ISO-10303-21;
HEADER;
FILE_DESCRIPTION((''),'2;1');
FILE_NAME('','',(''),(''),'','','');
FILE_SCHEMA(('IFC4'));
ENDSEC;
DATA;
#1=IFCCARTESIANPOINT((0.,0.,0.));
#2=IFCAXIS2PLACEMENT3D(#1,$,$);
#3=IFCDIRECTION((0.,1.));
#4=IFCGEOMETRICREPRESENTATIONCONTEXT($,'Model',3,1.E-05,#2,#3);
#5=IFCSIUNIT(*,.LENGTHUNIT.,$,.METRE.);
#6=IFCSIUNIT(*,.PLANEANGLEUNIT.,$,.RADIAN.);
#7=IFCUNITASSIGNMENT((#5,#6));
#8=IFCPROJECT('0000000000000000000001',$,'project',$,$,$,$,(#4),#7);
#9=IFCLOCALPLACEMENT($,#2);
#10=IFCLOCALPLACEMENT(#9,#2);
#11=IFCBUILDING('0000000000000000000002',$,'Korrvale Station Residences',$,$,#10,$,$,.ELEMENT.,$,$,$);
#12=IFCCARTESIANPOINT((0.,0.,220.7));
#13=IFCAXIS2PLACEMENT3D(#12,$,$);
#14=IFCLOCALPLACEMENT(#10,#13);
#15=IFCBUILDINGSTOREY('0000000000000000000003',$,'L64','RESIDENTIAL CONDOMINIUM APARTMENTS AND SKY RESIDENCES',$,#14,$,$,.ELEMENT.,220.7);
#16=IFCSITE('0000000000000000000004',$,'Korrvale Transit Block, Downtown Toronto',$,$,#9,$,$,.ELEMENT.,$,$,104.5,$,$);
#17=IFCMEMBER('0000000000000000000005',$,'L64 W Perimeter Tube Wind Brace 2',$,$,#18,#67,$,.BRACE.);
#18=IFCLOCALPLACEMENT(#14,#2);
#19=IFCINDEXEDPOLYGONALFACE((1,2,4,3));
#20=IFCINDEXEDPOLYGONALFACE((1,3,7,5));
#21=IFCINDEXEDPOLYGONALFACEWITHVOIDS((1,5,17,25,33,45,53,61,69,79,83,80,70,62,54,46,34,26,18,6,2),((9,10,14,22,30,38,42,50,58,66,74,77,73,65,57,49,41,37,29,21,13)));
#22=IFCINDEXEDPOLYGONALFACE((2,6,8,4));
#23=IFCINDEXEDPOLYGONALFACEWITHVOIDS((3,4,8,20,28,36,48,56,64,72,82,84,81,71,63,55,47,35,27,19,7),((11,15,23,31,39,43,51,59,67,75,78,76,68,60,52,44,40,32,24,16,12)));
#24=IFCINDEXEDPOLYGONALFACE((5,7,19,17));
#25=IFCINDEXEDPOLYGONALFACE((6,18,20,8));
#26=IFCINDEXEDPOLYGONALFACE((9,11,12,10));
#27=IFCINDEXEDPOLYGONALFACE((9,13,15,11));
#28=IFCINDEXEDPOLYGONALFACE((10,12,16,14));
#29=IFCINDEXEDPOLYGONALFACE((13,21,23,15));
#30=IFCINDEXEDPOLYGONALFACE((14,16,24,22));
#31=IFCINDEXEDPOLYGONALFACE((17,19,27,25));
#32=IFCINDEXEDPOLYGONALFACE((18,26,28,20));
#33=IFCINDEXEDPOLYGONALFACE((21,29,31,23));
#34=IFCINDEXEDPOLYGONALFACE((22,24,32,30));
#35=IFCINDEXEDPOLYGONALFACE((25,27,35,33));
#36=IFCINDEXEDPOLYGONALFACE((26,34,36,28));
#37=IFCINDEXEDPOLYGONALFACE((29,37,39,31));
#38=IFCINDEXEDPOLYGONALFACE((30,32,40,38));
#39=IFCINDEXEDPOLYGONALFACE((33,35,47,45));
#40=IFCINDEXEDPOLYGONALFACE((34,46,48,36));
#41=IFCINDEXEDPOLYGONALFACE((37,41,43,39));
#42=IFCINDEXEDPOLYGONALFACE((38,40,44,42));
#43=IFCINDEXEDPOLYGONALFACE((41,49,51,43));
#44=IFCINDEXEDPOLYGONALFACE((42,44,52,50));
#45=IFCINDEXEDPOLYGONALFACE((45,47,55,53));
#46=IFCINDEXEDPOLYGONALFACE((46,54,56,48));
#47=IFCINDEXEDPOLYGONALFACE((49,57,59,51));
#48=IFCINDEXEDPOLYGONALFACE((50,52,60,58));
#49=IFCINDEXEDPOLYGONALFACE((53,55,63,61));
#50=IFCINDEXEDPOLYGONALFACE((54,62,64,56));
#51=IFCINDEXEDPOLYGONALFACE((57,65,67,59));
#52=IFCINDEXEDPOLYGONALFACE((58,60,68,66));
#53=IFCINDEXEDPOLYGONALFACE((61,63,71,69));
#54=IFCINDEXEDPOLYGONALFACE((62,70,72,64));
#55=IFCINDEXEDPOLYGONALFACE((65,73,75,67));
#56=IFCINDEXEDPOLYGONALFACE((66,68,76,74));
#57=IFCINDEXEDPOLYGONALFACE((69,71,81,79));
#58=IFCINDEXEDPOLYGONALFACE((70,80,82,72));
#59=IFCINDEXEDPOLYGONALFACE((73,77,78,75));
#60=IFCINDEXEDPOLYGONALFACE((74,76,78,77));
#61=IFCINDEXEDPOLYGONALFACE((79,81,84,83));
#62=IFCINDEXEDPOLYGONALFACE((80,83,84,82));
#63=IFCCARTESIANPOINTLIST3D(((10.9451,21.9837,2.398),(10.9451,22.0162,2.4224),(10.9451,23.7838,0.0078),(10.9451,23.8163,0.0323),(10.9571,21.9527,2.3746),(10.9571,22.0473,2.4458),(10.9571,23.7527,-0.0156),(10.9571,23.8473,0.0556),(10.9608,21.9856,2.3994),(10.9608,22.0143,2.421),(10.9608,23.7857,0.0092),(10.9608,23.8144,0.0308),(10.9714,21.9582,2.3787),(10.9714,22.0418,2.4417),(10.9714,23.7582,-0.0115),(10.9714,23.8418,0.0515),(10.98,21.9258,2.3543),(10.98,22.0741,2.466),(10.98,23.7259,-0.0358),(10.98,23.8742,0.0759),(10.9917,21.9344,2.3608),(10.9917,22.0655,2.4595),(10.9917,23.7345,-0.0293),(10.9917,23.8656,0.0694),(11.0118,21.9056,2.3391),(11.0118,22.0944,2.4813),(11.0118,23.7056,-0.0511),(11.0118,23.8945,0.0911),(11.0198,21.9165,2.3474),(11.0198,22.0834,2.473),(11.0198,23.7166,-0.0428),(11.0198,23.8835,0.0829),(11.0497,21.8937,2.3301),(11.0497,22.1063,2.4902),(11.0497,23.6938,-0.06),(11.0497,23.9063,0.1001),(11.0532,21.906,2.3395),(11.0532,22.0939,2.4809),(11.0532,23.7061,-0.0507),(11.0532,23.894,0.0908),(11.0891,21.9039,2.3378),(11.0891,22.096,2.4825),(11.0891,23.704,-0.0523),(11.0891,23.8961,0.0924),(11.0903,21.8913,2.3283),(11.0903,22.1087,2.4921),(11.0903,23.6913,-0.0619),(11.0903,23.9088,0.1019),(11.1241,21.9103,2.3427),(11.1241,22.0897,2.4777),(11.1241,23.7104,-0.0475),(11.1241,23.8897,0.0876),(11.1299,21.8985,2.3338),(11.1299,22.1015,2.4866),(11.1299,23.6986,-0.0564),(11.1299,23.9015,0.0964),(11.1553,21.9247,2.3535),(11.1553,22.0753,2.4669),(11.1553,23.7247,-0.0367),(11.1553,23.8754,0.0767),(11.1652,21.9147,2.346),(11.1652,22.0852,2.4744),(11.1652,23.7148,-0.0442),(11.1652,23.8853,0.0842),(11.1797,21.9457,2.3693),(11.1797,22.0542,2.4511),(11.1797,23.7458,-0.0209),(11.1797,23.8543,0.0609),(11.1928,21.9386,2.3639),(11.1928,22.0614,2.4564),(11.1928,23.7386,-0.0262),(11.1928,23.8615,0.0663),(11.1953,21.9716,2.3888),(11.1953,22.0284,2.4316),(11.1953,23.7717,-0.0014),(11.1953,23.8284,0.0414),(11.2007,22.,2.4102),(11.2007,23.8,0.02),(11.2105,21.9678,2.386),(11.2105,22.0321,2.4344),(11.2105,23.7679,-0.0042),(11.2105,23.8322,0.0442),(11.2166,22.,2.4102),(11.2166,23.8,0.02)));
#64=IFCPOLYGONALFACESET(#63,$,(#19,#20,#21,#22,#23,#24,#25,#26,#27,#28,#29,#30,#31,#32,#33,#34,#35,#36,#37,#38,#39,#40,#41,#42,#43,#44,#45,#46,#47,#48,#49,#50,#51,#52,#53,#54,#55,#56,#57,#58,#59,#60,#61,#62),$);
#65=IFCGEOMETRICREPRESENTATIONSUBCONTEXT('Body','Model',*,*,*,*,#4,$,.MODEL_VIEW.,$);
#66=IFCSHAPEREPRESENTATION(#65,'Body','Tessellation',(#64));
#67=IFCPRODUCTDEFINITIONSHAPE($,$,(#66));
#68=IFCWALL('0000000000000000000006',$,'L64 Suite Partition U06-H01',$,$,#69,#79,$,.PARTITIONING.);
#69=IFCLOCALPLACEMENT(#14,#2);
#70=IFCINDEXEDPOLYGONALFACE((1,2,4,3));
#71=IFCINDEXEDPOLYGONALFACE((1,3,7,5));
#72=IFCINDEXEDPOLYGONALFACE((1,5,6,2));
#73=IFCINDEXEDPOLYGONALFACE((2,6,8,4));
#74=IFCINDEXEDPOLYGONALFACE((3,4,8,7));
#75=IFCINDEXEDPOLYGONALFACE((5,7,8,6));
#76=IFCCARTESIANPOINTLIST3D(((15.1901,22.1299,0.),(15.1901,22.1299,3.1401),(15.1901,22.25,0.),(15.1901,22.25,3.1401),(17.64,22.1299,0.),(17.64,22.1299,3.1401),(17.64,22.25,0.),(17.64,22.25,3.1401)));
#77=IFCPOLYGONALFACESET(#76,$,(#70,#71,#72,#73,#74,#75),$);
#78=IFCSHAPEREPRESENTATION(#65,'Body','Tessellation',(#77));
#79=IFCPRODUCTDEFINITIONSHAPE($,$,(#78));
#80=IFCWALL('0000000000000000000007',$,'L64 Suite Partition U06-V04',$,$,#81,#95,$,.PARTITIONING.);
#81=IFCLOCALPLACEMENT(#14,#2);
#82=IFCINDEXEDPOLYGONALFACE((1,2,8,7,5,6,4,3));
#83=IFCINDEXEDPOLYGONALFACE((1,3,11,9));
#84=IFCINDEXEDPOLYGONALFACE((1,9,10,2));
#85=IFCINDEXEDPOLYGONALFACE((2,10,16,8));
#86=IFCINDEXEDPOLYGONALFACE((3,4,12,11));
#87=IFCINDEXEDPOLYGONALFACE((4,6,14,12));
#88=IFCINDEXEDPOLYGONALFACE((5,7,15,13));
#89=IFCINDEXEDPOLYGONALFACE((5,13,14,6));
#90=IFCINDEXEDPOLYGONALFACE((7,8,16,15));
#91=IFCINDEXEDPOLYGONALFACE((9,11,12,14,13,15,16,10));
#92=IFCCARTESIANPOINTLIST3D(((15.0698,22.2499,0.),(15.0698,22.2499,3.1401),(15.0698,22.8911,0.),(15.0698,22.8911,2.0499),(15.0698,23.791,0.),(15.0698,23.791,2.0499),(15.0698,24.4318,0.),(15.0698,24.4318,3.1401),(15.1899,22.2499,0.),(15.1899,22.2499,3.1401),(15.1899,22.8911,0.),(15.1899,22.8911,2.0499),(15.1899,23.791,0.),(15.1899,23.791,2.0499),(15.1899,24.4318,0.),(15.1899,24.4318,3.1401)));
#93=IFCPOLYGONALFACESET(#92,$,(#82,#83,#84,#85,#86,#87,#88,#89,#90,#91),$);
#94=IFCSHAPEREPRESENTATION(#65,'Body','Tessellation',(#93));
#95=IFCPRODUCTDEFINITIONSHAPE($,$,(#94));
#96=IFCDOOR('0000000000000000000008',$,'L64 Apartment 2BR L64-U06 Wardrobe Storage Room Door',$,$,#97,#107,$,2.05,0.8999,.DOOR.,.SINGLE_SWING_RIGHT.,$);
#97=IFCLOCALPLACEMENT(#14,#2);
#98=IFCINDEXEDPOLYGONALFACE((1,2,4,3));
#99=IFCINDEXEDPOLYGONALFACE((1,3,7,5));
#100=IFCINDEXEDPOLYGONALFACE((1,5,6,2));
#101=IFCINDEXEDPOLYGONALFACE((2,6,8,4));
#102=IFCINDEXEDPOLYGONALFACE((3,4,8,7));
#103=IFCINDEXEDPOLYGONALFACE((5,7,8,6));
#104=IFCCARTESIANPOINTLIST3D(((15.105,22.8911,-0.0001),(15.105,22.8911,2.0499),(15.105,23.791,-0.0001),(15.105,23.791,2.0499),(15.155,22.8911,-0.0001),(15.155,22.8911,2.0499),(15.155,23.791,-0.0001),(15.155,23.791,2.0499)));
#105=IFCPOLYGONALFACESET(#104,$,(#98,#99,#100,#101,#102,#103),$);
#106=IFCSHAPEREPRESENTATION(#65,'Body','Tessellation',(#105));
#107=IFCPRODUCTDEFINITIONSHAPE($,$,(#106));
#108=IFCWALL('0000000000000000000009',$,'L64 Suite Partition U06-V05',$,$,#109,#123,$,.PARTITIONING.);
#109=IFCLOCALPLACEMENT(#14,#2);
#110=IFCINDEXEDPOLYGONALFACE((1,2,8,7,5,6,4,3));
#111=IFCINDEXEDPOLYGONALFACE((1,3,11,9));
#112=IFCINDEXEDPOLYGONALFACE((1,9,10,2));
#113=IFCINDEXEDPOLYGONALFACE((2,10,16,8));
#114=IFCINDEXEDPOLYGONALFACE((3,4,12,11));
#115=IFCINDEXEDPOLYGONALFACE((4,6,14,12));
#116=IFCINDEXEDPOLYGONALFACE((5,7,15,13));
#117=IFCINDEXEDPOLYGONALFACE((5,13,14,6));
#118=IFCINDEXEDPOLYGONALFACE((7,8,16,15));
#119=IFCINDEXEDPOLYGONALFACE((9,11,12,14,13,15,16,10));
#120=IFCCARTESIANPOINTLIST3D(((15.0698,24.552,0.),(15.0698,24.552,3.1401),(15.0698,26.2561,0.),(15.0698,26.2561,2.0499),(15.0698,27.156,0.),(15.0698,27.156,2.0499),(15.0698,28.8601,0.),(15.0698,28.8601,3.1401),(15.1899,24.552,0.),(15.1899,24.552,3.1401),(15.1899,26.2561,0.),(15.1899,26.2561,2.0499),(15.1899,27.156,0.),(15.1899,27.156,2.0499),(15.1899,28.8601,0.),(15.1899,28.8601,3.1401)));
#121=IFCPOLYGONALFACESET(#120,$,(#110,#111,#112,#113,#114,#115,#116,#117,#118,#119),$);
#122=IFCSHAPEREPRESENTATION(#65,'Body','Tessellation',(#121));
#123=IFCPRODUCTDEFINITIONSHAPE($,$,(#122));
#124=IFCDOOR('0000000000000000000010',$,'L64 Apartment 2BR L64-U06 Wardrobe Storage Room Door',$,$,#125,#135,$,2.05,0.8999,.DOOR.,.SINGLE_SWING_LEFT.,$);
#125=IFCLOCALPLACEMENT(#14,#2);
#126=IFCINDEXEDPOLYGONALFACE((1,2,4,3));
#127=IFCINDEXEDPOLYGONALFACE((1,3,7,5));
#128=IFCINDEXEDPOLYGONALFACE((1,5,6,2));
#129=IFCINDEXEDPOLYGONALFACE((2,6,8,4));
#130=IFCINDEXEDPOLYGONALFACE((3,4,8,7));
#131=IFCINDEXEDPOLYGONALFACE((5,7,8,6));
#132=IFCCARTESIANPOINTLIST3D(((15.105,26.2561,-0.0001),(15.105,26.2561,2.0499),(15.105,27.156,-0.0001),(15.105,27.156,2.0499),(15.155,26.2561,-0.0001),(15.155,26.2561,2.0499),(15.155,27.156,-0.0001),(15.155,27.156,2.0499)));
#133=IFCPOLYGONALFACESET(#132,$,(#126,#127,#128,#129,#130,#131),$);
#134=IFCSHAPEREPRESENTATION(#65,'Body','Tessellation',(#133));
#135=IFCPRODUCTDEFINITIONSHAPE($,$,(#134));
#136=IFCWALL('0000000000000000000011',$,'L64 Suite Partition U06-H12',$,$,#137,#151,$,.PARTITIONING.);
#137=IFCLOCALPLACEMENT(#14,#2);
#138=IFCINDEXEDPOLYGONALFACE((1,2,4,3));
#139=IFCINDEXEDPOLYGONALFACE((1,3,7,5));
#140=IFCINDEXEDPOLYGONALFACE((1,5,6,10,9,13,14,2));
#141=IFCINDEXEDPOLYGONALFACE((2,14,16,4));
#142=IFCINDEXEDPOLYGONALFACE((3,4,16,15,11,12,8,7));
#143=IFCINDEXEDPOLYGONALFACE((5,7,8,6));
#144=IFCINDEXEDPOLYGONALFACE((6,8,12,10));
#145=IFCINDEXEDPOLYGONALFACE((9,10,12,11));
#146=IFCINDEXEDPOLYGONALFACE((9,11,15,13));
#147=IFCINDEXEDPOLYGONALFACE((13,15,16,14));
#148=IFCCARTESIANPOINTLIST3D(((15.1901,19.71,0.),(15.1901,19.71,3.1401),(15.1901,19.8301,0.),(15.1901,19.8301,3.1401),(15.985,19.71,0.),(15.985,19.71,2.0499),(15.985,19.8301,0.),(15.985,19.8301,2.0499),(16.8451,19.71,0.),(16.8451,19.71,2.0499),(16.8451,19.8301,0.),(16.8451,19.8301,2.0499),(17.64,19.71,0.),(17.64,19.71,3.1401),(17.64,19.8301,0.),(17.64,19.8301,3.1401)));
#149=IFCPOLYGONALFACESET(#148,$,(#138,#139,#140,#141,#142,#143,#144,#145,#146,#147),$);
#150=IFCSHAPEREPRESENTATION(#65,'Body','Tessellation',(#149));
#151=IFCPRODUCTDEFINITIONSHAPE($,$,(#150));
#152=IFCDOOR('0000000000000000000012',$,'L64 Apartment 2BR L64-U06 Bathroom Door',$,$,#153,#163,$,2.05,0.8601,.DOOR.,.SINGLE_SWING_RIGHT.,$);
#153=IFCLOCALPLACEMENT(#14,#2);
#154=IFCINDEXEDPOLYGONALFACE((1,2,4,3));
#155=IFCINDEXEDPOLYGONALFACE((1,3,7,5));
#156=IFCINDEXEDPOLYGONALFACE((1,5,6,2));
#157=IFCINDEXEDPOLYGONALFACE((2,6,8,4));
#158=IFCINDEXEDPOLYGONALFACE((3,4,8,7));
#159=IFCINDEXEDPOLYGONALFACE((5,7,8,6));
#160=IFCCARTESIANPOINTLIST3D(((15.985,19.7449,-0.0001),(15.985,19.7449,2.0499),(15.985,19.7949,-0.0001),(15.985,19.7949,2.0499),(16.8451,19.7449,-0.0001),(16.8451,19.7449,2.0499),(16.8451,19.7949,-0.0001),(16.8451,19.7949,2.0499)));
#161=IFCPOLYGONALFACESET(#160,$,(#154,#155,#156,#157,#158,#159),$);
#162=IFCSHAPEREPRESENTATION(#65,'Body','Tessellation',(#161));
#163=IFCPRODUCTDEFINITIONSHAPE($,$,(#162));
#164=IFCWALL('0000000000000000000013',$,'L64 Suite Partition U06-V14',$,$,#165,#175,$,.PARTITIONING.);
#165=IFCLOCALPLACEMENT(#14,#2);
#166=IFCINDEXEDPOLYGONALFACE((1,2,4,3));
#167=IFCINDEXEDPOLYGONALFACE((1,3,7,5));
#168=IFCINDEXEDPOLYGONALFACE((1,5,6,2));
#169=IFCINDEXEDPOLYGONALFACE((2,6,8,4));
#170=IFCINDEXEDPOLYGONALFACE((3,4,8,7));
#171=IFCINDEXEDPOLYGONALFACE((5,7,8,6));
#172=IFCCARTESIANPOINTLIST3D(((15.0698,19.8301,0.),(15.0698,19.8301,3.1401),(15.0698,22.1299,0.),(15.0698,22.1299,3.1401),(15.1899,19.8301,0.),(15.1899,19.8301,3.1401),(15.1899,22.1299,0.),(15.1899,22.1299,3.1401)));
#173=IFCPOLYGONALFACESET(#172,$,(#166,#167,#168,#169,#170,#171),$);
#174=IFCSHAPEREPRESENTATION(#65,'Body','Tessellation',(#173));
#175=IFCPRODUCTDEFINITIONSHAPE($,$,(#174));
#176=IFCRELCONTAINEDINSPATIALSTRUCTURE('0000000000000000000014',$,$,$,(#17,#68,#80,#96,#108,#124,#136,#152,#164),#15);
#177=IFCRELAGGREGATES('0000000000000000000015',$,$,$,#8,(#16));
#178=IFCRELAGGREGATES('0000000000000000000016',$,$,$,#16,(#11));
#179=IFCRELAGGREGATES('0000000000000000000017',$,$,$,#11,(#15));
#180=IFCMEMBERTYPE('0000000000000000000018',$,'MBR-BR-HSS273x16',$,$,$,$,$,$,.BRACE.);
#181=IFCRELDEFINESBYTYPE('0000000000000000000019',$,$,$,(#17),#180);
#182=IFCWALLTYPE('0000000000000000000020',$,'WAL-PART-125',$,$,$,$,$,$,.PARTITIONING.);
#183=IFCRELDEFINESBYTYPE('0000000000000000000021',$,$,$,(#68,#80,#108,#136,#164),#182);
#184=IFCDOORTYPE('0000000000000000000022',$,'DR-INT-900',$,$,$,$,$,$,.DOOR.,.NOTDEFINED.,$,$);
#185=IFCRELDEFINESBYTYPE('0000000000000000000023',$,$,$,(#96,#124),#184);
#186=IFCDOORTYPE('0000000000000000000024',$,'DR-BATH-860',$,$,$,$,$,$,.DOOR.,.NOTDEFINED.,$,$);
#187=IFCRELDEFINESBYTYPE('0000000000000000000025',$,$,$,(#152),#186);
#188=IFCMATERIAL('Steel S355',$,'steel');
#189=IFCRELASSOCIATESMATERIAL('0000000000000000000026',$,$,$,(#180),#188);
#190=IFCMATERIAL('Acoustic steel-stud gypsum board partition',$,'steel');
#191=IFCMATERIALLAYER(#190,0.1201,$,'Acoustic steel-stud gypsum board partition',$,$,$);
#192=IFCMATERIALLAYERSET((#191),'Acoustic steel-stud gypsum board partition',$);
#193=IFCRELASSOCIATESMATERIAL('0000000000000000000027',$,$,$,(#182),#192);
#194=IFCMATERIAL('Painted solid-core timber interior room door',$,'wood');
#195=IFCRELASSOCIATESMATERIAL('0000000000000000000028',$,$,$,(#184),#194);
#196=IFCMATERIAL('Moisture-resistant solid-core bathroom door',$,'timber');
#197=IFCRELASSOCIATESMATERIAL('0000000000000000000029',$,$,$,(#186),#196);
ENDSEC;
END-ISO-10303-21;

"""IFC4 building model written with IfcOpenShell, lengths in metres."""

from ifc_helpers import new_model, si_unit, direction, frame, frame_2d, origin, origin_2d, place, context, subcontext, project, spatial, rectangle, hollow_circle, extrude, material, layer, layer_set, material_profile, profile_set, type_object, element, fill, save


model = new_model("IFC4")

# Units and contexts
model_context = context("Model", 3, precision=1e-05, world=origin(), true_north=direction((0.0, 1.0)))
body_context = subcontext(model_context, "Body", "Model", "MODEL_VIEW")
ifc_project = project(units=[si_unit("LENGTHUNIT", "METRE"), si_unit("PLANEANGLEUNIT", "RADIAN")], contexts=[model_context])

# Site, building, storey
site_placement = place(None, origin())
site = spatial("IfcSite", under=ifc_project, at=site_placement, Name="Korrvale Transit Block, Downtown Toronto", CompositionType="ELEMENT", RefElevation=104.5)
building_placement = place(site_placement, origin())
building = spatial("IfcBuilding", under=site, at=building_placement, Name="Korrvale Station Residences", CompositionType="ELEMENT")
storey_placement = place(building_placement, frame((0.0, 0.0, 220.7)))
storey = spatial("IfcBuildingStorey", under=building, at=storey_placement, Name="L64", Description="RESIDENTIAL CONDOMINIUM APARTMENTS AND SKY RESIDENCES", CompositionType="ELEMENT", Elevation=220.7)

# Shared definitions
ifc_material_1 = material(Name="Steel S355", Category="steel")

# Member
ifc_material_profile_1 = material_profile(ifc_material_1, hollow_circle(Radius=0.1365, WallThickness=0.0159, at=origin_2d()), Name="HSS273x16")
ifc_profile_set_1 = profile_set([ifc_material_profile_1], Name="Steel S355")
member_type = type_object("IfcMemberType", Name="MBR-BR-HSS273x16", PredefinedType="BRACE", material=ifc_profile_set_1)
for number, where, z_axis, x_axis, name in (
    (1, (11.0801, 23.8, 0.02), (0.0, -0.601592, 0.798804), (1.0, 0.0, 0.0), "L64 W Perimeter Tube Wind Brace 2"),
):
    element("IfcMember", number, at=place(storey_placement, frame(where, z_axis=z_axis, x_axis=x_axis)), inside=storey, type_object=member_type, Name=name, PredefinedType="BRACE", context=body_context, shape_type="SweptSolid", body=[
        extrude(hollow_circle(Radius=0.1365, WallThickness=0.0159, at=origin_2d()), origin(), (0.0, 0.0, 1.0), 2.9922),
    ])

# Wall
ifc_material_2 = material(Name="Acoustic steel-stud gypsum board partition", Category="steel")
ifc_layer_1 = layer(ifc_material_2, 0.1201, Name="Acoustic steel-stud gypsum board partition")
ifc_layer_set_1 = layer_set([ifc_layer_1], Name="Acoustic steel-stud gypsum board partition")
wall_type_1 = type_object("IfcWallType", Name="WAL-PART-125", PredefinedType="PARTITIONING", material=ifc_layer_set_1)
wall_1_placement = place(storey_placement, frame((15.1899, 22.1899, 0.0), z_axis=(0.0, 0.0, 1.0), x_axis=(1.0, 0.0, 0.0)))
element("IfcWall", 2, at=wall_1_placement, inside=storey, type_object=wall_type_1, Name="L64 Suite Partition U06-H01", PredefinedType="PARTITIONING", context=body_context, shape_type="SweptSolid", body=[
    extrude(rectangle(XDim=2.45, YDim=0.1201, at=frame_2d((1.2251, 0.0))), origin(), (0.0, 0.0, 1.0), 3.1401),
])

# Walls, openings, doors
wall_2_placement = place(storey_placement, frame((15.1299, 22.25, 0.0), z_axis=(0.0, 0.0, 1.0), x_axis=(0.0, 1.0, 0.0)))
wall_2 = element("IfcWall", 3, at=wall_2_placement, inside=storey, type_object=wall_type_1, Name="L64 Suite Partition U06-V04", PredefinedType="PARTITIONING", context=body_context, shape_type="SweptSolid", body=[
    extrude(rectangle(XDim=2.1819, YDim=0.1201, at=frame_2d((1.0908, 0.0))), origin(), (0.0, 0.0, 1.0), 3.1401),
])
opening_1_placement = place(wall_2_placement, frame((0.6411, 0.0, 0.0)))
opening_1 = element("IfcOpeningElement", 4, at=opening_1_placement, cuts=wall_2, PredefinedType="OPENING", context=body_context, shape_type="SweptSolid", body=[
    extrude(rectangle(XDim=0.8999, YDim=2.05, at=frame_2d((0.45, 1.0249))), frame((0.0, 0.0701, 0.0), z_axis=(0.0, -1.0, 0.0), x_axis=(1.0, 0.0, 0.0)), (0.0, 0.0, 1.0), 0.1401),
])
ifc_material_3 = material(Name="Painted solid-core timber interior room door", Category="wood")
door_type_1 = type_object("IfcDoorType", Name="DR-INT-900", OperationType="NOTDEFINED", PredefinedType="DOOR", material=ifc_material_3)
door_1_placement = place(opening_1_placement, origin())
door_1 = element("IfcDoor", 5, at=door_1_placement, inside=storey, type_object=door_type_1, Name="L64 Apartment 2BR L64-U06 Wardrobe Storage Room Door", OperationType="SINGLE_SWING_RIGHT", OverallHeight=2.05, OverallWidth=0.8999, PredefinedType="DOOR", context=body_context, shape_type="SweptSolid", body=[
    extrude(rectangle(XDim=0.8999, YDim=2.05, at=frame_2d((0.45, 1.0249))), frame((0.0, 0.0249, 0.0), z_axis=(0.0, -1.0, 0.0), x_axis=(1.0, 0.0, 0.0)), (0.0, 0.0, 1.0), 0.05),
])
fill(opening_1, door_1)
wall_3_placement = place(storey_placement, frame((15.1299, 24.552, 0.0), z_axis=(0.0, 0.0, 1.0), x_axis=(0.0, 1.0, 0.0)))
wall_3 = element("IfcWall", 6, at=wall_3_placement, inside=storey, type_object=wall_type_1, Name="L64 Suite Partition U06-V05", PredefinedType="PARTITIONING", context=body_context, shape_type="SweptSolid", body=[
    extrude(rectangle(XDim=4.3081, YDim=0.1201, at=frame_2d((2.1541, 0.0))), origin(), (0.0, 0.0, 1.0), 3.1401),
])
opening_2_placement = place(wall_3_placement, frame((1.7041, 0.0, 0.0)))
opening_2 = element("IfcOpeningElement", 7, at=opening_2_placement, cuts=wall_3, PredefinedType="OPENING", context=body_context, shape_type="SweptSolid", body=[
    extrude(rectangle(XDim=0.8999, YDim=2.05, at=frame_2d((0.45, 1.0249))), frame((0.0, 0.0701, 0.0), z_axis=(0.0, -1.0, 0.0), x_axis=(1.0, 0.0, 0.0)), (0.0, 0.0, 1.0), 0.1401),
])
door_2_placement = place(opening_2_placement, origin())
door_2 = element("IfcDoor", 8, at=door_2_placement, inside=storey, type_object=door_type_1, Name="L64 Apartment 2BR L64-U06 Wardrobe Storage Room Door", OperationType="SINGLE_SWING_LEFT", OverallHeight=2.05, OverallWidth=0.8999, PredefinedType="DOOR", context=body_context, shape_type="SweptSolid", body=[
    extrude(rectangle(XDim=0.8999, YDim=2.05, at=frame_2d((0.45, 1.0249))), frame((0.0, 0.0249, 0.0), z_axis=(0.0, -1.0, 0.0), x_axis=(1.0, 0.0, 0.0)), (0.0, 0.0, 1.0), 0.05),
])
fill(opening_2, door_2)
wall_4_placement = place(storey_placement, frame((15.1899, 19.77, 0.0), z_axis=(0.0, 0.0, 1.0), x_axis=(1.0, 0.0, 0.0)))
wall_4 = element("IfcWall", 9, at=wall_4_placement, inside=storey, type_object=wall_type_1, Name="L64 Suite Partition U06-H12", PredefinedType="PARTITIONING", context=body_context, shape_type="SweptSolid", body=[
    extrude(rectangle(XDim=2.45, YDim=0.1201, at=frame_2d((1.2251, 0.0))), origin(), (0.0, 0.0, 1.0), 3.1401),
])
opening_3_placement = place(wall_4_placement, frame((0.7949, 0.0, 0.0)))
opening_3 = element("IfcOpeningElement", 10, at=opening_3_placement, cuts=wall_4, PredefinedType="OPENING", context=body_context, shape_type="SweptSolid", body=[
    extrude(rectangle(XDim=0.8601, YDim=2.05, at=frame_2d((0.4302, 1.0249))), frame((0.0, 0.0701, 0.0), z_axis=(0.0, -1.0, 0.0), x_axis=(1.0, 0.0, 0.0)), (0.0, 0.0, 1.0), 0.1401),
])
ifc_material_4 = material(Name="Moisture-resistant solid-core bathroom door", Category="timber")
door_type_2 = type_object("IfcDoorType", Name="DR-BATH-860", OperationType="NOTDEFINED", PredefinedType="DOOR", material=ifc_material_4)
door_3_placement = place(opening_3_placement, origin())
door_3 = element("IfcDoor", 11, at=door_3_placement, inside=storey, type_object=door_type_2, Name="L64 Apartment 2BR L64-U06 Bathroom Door", OperationType="SINGLE_SWING_RIGHT", OverallHeight=2.05, OverallWidth=0.8601, PredefinedType="DOOR", context=body_context, shape_type="SweptSolid", body=[
    extrude(rectangle(XDim=0.8601, YDim=2.05, at=frame_2d((0.4302, 1.0249))), frame((0.0, 0.0249, 0.0), z_axis=(0.0, -1.0, 0.0), x_axis=(1.0, 0.0, 0.0)), (0.0, 0.0, 1.0), 0.05),
])
fill(opening_3, door_3)

# Wall
wall_5_placement = place(storey_placement, frame((15.1299, 19.8301, 0.0), z_axis=(0.0, 0.0, 1.0), x_axis=(0.0, 1.0, 0.0)))
element("IfcWall", 12, at=wall_5_placement, inside=storey, type_object=wall_type_1, Name="L64 Suite Partition U06-V14", PredefinedType="PARTITIONING", context=body_context, shape_type="SweptSolid", body=[
    extrude(rectangle(XDim=2.2998, YDim=0.1201, at=frame_2d((1.1499, 0.0))), origin(), (0.0, 0.0, 1.0), 3.1401),
])

save(model, "model.ifc")
